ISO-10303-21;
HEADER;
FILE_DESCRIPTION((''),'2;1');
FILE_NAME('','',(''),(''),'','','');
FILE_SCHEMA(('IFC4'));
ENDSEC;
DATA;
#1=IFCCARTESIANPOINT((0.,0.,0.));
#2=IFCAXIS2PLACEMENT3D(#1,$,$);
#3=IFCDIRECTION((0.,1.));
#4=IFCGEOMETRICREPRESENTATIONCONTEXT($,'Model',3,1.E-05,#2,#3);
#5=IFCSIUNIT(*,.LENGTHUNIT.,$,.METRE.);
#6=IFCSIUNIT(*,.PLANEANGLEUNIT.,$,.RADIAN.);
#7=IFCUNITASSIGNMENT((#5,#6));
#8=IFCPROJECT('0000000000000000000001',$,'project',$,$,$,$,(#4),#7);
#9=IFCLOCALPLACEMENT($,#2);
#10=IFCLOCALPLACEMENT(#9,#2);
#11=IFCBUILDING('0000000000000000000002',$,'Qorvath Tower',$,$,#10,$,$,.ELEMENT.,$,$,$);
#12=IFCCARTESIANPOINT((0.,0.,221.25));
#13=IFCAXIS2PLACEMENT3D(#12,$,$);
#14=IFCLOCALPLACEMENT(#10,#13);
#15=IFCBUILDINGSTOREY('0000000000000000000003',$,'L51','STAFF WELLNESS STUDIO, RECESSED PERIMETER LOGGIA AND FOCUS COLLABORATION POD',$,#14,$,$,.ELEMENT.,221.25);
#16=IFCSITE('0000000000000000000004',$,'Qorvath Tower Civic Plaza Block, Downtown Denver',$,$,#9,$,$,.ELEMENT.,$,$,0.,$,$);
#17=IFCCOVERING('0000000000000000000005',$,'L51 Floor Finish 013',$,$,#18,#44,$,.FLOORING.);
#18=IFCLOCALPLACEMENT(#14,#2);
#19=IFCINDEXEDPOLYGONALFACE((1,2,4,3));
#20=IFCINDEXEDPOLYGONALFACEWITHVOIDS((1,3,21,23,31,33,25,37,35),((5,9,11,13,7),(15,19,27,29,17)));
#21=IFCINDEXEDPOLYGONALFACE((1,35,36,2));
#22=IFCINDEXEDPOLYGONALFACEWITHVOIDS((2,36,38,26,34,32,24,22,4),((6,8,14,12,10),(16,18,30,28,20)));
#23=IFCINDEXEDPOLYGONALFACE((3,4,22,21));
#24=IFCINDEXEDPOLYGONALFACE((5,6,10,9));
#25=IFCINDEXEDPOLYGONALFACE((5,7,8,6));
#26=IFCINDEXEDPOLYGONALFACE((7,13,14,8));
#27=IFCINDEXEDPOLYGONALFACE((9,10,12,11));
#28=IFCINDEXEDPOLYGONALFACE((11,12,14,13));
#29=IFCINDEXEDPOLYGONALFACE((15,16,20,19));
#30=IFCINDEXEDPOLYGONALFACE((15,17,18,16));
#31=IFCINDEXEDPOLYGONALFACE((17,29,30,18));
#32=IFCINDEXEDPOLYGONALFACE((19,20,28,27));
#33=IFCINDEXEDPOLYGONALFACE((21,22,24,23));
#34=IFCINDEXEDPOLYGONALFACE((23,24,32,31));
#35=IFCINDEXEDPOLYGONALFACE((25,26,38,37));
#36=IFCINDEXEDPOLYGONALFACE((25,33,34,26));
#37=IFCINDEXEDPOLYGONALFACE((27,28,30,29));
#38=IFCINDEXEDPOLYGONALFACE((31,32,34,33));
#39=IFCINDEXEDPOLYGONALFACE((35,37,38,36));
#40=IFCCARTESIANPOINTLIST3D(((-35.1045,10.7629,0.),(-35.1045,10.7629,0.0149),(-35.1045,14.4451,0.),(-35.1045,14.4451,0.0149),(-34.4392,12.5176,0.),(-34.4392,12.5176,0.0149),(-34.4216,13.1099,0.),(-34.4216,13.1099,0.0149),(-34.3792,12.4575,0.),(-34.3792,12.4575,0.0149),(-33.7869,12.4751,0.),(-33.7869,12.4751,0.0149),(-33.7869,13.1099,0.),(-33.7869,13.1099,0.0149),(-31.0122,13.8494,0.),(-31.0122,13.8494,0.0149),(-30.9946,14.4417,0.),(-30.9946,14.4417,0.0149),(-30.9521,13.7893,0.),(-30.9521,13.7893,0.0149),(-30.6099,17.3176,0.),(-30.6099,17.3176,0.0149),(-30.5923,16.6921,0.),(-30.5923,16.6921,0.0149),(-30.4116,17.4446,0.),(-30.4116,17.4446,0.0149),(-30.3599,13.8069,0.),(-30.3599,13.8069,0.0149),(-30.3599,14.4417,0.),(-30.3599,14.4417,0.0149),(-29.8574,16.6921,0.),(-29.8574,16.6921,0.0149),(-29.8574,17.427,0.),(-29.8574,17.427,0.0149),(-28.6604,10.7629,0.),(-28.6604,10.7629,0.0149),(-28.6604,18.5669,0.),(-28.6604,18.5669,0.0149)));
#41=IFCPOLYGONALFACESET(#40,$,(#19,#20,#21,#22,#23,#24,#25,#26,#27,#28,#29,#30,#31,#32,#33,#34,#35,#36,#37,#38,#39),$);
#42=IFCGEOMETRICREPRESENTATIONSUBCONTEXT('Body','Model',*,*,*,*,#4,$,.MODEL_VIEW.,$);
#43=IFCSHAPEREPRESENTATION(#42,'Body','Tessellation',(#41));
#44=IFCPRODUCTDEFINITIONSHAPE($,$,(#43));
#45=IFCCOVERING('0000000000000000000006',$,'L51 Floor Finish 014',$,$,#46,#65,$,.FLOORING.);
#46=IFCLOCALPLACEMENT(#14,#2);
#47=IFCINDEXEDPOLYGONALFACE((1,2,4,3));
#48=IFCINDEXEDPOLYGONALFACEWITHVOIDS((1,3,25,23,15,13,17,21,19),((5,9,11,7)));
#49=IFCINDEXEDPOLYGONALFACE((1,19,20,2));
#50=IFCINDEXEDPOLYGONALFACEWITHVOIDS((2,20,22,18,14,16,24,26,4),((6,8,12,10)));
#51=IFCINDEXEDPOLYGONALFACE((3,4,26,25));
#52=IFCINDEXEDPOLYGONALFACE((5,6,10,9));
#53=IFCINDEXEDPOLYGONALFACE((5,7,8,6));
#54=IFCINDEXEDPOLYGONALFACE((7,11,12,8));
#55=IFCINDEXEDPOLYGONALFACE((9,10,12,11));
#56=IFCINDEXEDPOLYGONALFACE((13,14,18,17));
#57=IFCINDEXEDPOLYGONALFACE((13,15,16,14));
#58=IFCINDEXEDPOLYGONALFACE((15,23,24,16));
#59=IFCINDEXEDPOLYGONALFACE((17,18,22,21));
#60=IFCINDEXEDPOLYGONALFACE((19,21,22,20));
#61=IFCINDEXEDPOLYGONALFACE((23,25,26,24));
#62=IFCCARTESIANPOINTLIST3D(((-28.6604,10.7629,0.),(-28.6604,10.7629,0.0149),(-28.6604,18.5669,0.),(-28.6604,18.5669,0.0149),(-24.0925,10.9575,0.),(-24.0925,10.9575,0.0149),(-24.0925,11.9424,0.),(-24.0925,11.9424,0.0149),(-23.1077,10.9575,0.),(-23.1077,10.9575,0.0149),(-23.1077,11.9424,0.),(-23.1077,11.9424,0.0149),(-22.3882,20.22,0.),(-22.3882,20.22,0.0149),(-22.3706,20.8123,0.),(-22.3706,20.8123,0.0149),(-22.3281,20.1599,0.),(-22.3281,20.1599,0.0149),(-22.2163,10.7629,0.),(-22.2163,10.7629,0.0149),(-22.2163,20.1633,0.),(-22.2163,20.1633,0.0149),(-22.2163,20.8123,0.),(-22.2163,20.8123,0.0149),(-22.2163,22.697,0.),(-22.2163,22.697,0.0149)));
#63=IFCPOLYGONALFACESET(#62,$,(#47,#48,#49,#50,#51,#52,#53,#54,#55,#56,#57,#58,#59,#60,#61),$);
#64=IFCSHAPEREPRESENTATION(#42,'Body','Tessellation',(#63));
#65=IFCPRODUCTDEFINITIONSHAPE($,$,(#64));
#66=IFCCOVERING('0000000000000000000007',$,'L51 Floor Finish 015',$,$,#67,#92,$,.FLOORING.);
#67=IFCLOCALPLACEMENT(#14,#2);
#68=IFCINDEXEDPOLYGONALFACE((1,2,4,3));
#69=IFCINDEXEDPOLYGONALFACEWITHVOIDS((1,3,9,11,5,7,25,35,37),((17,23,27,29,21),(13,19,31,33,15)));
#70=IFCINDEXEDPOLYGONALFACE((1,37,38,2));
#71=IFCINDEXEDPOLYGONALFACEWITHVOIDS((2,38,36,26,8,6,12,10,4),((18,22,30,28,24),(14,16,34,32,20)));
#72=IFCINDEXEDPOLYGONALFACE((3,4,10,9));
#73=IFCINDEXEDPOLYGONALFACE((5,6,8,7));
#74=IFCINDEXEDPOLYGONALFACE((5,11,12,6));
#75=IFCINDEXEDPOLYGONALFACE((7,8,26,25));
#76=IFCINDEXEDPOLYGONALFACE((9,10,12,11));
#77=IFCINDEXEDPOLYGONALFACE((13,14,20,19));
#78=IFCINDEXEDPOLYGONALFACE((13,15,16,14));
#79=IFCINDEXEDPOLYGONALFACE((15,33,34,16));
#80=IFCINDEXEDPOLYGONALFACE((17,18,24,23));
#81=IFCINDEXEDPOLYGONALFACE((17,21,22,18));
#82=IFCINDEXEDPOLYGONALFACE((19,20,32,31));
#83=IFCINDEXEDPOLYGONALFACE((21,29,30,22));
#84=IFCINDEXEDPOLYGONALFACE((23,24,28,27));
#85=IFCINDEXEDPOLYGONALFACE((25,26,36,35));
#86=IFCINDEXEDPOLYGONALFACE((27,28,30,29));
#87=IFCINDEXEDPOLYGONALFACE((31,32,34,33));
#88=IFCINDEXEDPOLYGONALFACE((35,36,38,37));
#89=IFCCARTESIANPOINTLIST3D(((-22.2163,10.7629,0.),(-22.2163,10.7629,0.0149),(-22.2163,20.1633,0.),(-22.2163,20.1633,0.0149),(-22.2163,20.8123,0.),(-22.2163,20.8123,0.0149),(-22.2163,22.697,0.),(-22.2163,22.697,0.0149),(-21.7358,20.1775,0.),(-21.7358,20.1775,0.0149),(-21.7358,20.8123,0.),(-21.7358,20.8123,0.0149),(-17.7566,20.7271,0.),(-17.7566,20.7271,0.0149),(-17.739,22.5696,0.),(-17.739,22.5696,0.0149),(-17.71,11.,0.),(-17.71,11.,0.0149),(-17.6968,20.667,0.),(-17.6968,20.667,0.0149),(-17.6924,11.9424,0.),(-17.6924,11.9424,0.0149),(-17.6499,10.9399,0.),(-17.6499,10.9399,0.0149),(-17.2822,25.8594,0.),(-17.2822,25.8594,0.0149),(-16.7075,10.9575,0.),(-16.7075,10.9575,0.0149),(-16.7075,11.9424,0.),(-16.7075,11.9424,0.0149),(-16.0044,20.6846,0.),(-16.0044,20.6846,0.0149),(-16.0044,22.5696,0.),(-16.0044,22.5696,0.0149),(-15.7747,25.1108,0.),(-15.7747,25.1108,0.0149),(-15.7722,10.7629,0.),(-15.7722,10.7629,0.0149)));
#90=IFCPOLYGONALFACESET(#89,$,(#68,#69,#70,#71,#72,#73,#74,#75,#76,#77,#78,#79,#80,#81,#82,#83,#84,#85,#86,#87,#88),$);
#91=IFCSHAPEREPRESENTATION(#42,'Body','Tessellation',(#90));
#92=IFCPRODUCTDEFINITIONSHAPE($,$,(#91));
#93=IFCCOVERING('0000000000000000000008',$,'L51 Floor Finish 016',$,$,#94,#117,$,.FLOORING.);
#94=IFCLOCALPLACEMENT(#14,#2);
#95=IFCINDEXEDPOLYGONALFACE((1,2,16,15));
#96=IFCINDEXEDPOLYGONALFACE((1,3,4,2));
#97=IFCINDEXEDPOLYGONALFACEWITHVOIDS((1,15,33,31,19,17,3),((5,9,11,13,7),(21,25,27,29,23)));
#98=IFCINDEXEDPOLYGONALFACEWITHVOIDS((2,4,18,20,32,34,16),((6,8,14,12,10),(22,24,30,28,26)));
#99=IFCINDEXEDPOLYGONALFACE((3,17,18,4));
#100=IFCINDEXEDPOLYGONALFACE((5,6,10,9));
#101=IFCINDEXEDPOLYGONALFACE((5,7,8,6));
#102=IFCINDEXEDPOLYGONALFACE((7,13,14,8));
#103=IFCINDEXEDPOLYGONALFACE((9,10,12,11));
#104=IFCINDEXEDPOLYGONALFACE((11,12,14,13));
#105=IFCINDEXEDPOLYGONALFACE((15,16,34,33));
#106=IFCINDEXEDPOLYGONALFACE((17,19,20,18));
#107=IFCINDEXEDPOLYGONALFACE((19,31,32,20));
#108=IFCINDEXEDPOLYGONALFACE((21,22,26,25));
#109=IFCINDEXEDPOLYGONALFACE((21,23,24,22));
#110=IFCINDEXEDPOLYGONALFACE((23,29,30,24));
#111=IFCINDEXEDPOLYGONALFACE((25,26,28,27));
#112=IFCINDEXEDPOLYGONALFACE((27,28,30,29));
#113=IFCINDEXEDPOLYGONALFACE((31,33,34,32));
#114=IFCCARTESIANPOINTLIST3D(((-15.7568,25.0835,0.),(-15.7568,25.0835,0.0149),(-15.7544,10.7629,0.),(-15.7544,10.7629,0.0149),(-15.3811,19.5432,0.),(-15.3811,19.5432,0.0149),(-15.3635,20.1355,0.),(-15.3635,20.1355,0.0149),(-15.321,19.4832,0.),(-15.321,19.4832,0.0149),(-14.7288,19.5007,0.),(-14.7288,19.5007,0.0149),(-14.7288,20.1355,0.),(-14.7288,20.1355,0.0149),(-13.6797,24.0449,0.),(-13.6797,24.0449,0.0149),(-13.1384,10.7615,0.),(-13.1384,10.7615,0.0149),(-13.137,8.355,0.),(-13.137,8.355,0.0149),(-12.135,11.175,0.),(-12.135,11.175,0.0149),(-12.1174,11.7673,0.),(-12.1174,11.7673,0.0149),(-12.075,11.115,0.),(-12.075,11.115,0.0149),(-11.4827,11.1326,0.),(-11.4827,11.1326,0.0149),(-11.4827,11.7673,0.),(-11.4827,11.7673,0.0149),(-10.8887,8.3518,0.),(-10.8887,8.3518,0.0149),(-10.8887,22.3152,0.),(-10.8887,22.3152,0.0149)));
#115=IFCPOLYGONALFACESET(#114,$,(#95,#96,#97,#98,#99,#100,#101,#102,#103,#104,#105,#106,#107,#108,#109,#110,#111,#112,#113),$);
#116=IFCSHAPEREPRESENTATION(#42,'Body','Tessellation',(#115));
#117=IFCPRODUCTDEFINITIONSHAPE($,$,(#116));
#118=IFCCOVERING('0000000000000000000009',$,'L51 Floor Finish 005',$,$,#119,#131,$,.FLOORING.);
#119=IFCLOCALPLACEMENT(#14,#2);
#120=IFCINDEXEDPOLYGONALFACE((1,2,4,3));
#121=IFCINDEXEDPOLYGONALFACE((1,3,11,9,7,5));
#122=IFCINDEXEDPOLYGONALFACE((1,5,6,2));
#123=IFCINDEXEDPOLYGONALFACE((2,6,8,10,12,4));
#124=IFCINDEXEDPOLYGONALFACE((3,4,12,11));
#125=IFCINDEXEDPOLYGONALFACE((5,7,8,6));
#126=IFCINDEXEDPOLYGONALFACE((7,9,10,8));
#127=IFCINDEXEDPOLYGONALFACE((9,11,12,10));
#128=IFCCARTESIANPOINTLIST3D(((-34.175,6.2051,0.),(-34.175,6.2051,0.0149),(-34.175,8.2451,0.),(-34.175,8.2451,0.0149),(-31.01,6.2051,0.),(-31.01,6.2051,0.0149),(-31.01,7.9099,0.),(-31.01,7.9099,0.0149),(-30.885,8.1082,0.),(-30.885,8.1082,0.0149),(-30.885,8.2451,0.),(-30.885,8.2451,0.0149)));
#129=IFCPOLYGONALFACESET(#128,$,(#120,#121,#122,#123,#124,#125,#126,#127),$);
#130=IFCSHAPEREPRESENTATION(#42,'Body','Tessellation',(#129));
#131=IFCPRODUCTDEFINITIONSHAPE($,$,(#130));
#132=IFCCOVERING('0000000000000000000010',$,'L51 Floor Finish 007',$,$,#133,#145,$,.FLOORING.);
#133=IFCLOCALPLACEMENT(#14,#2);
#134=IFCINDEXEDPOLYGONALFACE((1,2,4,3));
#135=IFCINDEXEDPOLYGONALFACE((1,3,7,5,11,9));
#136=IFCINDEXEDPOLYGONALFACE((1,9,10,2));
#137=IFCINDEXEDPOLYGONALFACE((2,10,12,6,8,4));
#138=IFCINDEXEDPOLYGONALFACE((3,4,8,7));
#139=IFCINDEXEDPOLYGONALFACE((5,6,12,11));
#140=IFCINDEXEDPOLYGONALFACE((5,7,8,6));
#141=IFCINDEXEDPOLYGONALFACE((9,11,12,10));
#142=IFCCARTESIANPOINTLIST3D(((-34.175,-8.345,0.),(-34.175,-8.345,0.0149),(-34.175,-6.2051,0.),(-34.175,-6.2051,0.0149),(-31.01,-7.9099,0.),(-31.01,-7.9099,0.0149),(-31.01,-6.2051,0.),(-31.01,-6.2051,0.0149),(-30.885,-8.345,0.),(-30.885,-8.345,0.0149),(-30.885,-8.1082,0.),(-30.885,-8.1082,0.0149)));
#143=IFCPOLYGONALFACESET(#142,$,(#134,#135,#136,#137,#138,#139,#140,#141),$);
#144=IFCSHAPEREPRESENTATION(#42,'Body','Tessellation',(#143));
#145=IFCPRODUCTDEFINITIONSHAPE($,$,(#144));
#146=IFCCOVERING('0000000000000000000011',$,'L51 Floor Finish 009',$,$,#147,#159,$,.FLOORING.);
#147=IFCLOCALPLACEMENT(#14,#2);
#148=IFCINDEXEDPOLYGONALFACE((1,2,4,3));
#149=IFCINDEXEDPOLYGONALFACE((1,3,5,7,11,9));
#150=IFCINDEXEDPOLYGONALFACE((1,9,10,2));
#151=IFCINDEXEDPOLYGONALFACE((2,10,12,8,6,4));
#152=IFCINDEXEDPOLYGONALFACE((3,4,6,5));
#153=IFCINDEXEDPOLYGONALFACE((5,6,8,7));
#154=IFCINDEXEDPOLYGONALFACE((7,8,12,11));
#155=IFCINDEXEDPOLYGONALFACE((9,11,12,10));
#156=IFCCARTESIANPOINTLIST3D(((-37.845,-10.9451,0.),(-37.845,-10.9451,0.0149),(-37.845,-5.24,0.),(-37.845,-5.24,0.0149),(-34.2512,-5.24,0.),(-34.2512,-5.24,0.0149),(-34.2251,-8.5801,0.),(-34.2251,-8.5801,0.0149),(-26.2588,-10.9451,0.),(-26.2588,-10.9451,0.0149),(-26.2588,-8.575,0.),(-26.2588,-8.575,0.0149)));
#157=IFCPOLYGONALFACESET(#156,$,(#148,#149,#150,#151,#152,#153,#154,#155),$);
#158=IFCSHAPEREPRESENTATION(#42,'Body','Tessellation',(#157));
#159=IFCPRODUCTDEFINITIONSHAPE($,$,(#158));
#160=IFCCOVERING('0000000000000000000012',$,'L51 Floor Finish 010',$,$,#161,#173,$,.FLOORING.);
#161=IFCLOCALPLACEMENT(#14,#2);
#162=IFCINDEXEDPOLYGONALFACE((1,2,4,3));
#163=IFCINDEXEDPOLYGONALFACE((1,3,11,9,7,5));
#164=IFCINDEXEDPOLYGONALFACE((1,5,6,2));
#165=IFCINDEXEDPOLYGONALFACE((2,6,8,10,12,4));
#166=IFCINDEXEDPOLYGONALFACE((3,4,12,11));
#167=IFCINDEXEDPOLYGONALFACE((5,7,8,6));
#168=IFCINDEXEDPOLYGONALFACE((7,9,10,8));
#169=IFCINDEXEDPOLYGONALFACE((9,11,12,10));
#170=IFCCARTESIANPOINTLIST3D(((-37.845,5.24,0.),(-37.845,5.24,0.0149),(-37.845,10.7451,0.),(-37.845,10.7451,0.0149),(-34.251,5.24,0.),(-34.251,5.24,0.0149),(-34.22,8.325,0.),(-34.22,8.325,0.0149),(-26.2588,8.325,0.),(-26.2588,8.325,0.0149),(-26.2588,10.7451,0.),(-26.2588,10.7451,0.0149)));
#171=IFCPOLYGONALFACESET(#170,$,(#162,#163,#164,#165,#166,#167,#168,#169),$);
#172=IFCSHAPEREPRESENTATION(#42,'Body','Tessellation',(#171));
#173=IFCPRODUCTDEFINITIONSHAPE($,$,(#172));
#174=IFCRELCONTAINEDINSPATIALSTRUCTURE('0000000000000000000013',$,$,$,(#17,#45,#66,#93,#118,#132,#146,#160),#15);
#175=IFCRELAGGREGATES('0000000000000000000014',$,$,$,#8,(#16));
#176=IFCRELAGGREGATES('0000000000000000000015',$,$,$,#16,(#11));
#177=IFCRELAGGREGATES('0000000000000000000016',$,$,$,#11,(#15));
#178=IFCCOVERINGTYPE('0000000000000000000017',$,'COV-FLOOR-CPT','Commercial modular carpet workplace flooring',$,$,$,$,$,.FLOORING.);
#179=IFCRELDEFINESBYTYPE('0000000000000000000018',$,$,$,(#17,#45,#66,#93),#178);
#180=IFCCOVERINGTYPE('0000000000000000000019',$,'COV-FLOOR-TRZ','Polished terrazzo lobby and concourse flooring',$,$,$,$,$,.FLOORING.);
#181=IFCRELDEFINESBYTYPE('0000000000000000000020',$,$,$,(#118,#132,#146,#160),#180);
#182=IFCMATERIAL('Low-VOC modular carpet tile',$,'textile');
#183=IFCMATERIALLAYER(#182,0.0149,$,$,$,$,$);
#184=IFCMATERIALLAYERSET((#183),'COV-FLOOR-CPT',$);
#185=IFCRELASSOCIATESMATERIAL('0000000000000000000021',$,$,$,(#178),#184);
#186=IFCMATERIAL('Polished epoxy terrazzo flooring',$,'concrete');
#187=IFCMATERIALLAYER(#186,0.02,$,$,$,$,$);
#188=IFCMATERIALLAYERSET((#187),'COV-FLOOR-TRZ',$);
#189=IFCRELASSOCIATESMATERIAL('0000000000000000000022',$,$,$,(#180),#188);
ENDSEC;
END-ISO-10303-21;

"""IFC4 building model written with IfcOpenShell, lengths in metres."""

from ifc_helpers import new_model, si_unit, direction, frame, origin, place, context, subcontext, project, spatial, polyline, outline, extrude, material, layer, layer_set, type_object, element, save


model = new_model("IFC4")

# Units and contexts
model_context = context("Model", 3, precision=1e-05, world=origin(), true_north=direction((0.0, 1.0)))
body_context = subcontext(model_context, "Body", "Model", "MODEL_VIEW")
ifc_project = project(units=[si_unit("LENGTHUNIT", "METRE"), si_unit("PLANEANGLEUNIT", "RADIAN")], contexts=[model_context])

# Site, building, storey
site_placement = place(None, origin())
site = spatial("IfcSite", under=ifc_project, at=site_placement, Name="Qorvath Tower Civic Plaza Block, Downtown Denver", CompositionType="ELEMENT", RefElevation=0.0)
building_placement = place(site_placement, origin())
building = spatial("IfcBuilding", under=site, at=building_placement, Name="Qorvath Tower", CompositionType="ELEMENT")
storey_placement = place(building_placement, frame((0.0, 0.0, 221.25)))
storey = spatial("IfcBuildingStorey", under=building, at=storey_placement, Name="L51", Description="STAFF WELLNESS STUDIO, RECESSED PERIMETER LOGGIA AND FOCUS COLLABORATION POD", CompositionType="ELEMENT", Elevation=221.25)

# Coverings
ifc_material_1 = material(Name="Low-VOC modular carpet tile", Category="textile")
ifc_layer_1 = layer(ifc_material_1, 0.0149)
ifc_layer_set_1 = layer_set([ifc_layer_1], Name="COV-FLOOR-CPT")
covering_type_1 = type_object("IfcCoveringType", Name="COV-FLOOR-CPT", Description="Commercial modular carpet workplace flooring", PredefinedType="FLOORING", material=ifc_layer_set_1)
covering_1_placement = place(storey_placement, origin())
element("IfcCovering", 1, at=covering_1_placement, inside=storey, type_object=covering_type_1, Name="L51 Floor Finish 013", PredefinedType="FLOORING", context=body_context, shape_type="SweptSolid", body=[
    extrude(outline(polyline([(-28.6604, 10.7629), (-28.6604, 18.5669), (-30.4116, 17.4446), (-29.8574, 17.427), (-29.8574, 16.6921), (-30.5923, 16.6921), (-30.6099, 17.3176), (-35.1045, 14.4451), (-35.1045, 10.7629), (-28.6604, 10.7629)]), holes=[polyline([(-31.0122, 13.8494), (-30.9946, 14.4417), (-30.3599, 14.4417), (-30.3599, 13.8069), (-30.9521, 13.7893), (-31.0122, 13.8494)]), polyline([(-34.4392, 12.5176), (-34.4216, 13.1099), (-33.7869, 13.1099), (-33.7869, 12.4751), (-34.3792, 12.4575), (-34.4392, 12.5176)])]), origin(), (0.0, 0.0, 1.0), 0.0149),
])
covering_2_placement = place(storey_placement, origin())
element("IfcCovering", 2, at=covering_2_placement, inside=storey, type_object=covering_type_1, Name="L51 Floor Finish 014", PredefinedType="FLOORING", context=body_context, shape_type="SweptSolid", body=[
    extrude(outline(polyline([(-22.2163, 10.7629), (-22.2163, 20.1633), (-22.3281, 20.1599), (-22.3882, 20.22), (-22.3706, 20.8123), (-22.2163, 20.8123), (-22.2163, 22.697), (-28.6604, 18.5669), (-28.6604, 10.7629), (-22.2163, 10.7629)]), holes=[polyline([(-24.0925, 10.9575), (-24.0925, 11.9424), (-23.1077, 11.9424), (-23.1077, 10.9575), (-24.0925, 10.9575)])]), origin(), (0.0, 0.0, 1.0), 0.0149),
])
covering_3_placement = place(storey_placement, origin())
element("IfcCovering", 3, at=covering_3_placement, inside=storey, type_object=covering_type_1, Name="L51 Floor Finish 015", PredefinedType="FLOORING", context=body_context, shape_type="SweptSolid", body=[
    extrude(outline(polyline([(-15.7747, 25.1108), (-17.2822, 25.8594), (-22.2163, 22.697), (-22.2163, 20.8123), (-21.7358, 20.8123), (-21.7358, 20.1775), (-22.2163, 20.1633), (-22.2163, 10.7629), (-15.7722, 10.7629), (-15.7747, 25.1108)]), holes=[polyline([(-17.7566, 20.7271), (-17.739, 22.5696), (-16.0044, 22.5696), (-16.0044, 20.6846), (-17.6968, 20.667), (-17.7566, 20.7271)]), polyline([(-17.71, 11.0), (-17.6924, 11.9424), (-16.7075, 11.9424), (-16.7075, 10.9575), (-17.6499, 10.9399), (-17.71, 11.0)])]), origin(), (0.0, 0.0, 1.0), 0.0149),
])
covering_4_placement = place(storey_placement, origin())
element("IfcCovering", 4, at=covering_4_placement, inside=storey, type_object=covering_type_1, Name="L51 Floor Finish 016", PredefinedType="FLOORING", context=body_context, shape_type="SweptSolid", body=[
    extrude(outline(polyline([(-10.8887, 8.3518), (-10.8887, 22.3152), (-13.6797, 24.0449), (-15.7568, 25.0835), (-15.7544, 10.7629), (-13.1384, 10.7615), (-13.137, 8.355), (-10.8887, 8.3518)]), holes=[polyline([(-12.135, 11.175), (-12.1174, 11.7673), (-11.4827, 11.7673), (-11.4827, 11.1326), (-12.075, 11.115), (-12.135, 11.175)]), polyline([(-15.3811, 19.5432), (-15.3635, 20.1355), (-14.7288, 20.1355), (-14.7288, 19.5007), (-15.321, 19.4832), (-15.3811, 19.5432)])]), origin(), (0.0, 0.0, 1.0), 0.0149),
])
ifc_material_2 = material(Name="Polished epoxy terrazzo flooring", Category="concrete")
ifc_layer_2 = layer(ifc_material_2, 0.02)
ifc_layer_set_2 = layer_set([ifc_layer_2], Name="COV-FLOOR-TRZ")
covering_type_2 = type_object("IfcCoveringType", Name="COV-FLOOR-TRZ", Description="Polished terrazzo lobby and concourse flooring", PredefinedType="FLOORING", material=ifc_layer_set_2)
covering_5_placement = place(storey_placement, origin())
element("IfcCovering", 5, at=covering_5_placement, inside=storey, type_object=covering_type_2, Name="L51 Floor Finish 005", PredefinedType="FLOORING", context=body_context, shape_type="SweptSolid", body=[
    extrude(outline(polyline([(-31.01, 6.2051), (-31.01, 7.9099), (-30.885, 8.1082), (-30.885, 8.2451), (-34.175, 8.2451), (-34.175, 6.2051), (-31.01, 6.2051)])), origin(), (0.0, 0.0, 1.0), 0.0149),
])
covering_6_placement = place(storey_placement, origin())
element("IfcCovering", 6, at=covering_6_placement, inside=storey, type_object=covering_type_2, Name="L51 Floor Finish 007", PredefinedType="FLOORING", context=body_context, shape_type="SweptSolid", body=[
    extrude(outline(polyline([(-30.885, -8.345), (-30.885, -8.1082), (-31.01, -7.9099), (-31.01, -6.2051), (-34.175, -6.2051), (-34.175, -8.345), (-30.885, -8.345)])), origin(), (0.0, 0.0, 1.0), 0.0149),
])
covering_7_placement = place(storey_placement, origin())
element("IfcCovering", 7, at=covering_7_placement, inside=storey, type_object=covering_type_2, Name="L51 Floor Finish 009", PredefinedType="FLOORING", context=body_context, shape_type="SweptSolid", body=[
    extrude(outline(polyline([(-34.2251, -8.5801), (-34.2512, -5.24), (-37.845, -5.24), (-37.845, -10.9451), (-26.2588, -10.9451), (-26.2588, -8.575), (-34.2251, -8.5801)])), origin(), (0.0, 0.0, 1.0), 0.0149),
])
covering_8_placement = place(storey_placement, origin())
element("IfcCovering", 8, at=covering_8_placement, inside=storey, type_object=covering_type_2, Name="L51 Floor Finish 010", PredefinedType="FLOORING", context=body_context, shape_type="SweptSolid", body=[
    extrude(outline(polyline([(-26.2588, 8.325), (-26.2588, 10.7451), (-37.845, 10.7451), (-37.845, 5.24), (-34.251, 5.24), (-34.22, 8.325), (-26.2588, 8.325)])), origin(), (0.0, 0.0, 1.0), 0.0149),
])

save(model, "model.ifc")
